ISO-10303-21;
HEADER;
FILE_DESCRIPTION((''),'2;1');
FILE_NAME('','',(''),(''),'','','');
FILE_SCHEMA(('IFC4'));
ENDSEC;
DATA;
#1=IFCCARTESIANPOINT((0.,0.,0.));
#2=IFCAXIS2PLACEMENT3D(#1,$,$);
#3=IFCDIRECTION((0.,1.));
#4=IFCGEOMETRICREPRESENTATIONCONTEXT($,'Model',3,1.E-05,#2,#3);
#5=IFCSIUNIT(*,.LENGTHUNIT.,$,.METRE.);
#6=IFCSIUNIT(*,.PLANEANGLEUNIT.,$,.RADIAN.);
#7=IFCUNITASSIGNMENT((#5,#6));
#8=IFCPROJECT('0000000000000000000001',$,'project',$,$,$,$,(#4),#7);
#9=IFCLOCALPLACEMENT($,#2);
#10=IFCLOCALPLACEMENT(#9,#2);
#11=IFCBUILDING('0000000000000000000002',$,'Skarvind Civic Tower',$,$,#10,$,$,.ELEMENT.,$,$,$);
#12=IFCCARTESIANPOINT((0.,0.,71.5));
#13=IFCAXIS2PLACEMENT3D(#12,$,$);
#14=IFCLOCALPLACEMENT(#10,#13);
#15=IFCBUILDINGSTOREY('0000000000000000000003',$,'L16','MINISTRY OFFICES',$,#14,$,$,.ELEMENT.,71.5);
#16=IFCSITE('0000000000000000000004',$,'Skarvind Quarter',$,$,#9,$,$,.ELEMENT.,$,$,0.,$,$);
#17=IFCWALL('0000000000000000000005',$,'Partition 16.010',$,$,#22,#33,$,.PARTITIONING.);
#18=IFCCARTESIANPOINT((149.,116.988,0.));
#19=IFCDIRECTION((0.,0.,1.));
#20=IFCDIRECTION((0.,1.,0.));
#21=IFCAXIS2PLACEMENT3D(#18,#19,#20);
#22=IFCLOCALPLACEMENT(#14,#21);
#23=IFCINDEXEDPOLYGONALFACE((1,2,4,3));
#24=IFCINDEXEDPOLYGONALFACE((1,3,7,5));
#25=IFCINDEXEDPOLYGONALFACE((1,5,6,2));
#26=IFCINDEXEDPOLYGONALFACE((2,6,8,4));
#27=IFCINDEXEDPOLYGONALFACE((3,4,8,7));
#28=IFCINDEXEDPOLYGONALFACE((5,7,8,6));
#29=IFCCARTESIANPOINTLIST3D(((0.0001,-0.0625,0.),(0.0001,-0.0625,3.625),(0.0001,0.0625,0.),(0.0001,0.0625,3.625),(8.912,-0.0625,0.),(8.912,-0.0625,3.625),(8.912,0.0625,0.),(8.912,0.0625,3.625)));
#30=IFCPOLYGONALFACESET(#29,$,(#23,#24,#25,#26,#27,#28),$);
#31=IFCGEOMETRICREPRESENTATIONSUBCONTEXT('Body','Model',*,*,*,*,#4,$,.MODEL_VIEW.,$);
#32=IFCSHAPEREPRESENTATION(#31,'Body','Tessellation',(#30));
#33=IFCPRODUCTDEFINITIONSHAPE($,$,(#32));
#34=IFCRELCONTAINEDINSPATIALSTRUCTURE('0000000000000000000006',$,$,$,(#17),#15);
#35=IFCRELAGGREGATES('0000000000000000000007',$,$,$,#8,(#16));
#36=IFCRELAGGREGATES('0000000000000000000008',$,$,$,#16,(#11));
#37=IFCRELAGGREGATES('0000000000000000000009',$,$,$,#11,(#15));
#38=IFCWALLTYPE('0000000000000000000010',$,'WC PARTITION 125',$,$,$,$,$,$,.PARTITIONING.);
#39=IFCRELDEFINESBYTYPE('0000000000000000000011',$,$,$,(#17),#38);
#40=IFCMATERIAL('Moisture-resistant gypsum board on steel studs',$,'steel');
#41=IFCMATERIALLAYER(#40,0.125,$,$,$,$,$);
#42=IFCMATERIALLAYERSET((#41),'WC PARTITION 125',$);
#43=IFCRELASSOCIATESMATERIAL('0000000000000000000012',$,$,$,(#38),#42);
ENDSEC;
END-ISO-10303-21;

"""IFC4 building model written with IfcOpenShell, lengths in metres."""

from ifc_helpers import new_model, si_unit, direction, frame, frame_2d, origin, place, context, subcontext, project, spatial, rectangle, extrude, material, layer, layer_set, type_object, element, save


model = new_model("IFC4")

# Units and contexts
model_context = context("Model", 3, precision=1e-05, world=origin(), true_north=direction((0.0, 1.0)))
body_context = subcontext(model_context, "Body", "Model", "MODEL_VIEW")
ifc_project = project(units=[si_unit("LENGTHUNIT", "METRE"), si_unit("PLANEANGLEUNIT", "RADIAN")], contexts=[model_context])

# Site, building, storey
site_placement = place(None, origin())
site = spatial("IfcSite", under=ifc_project, at=site_placement, Name="Skarvind Quarter", CompositionType="ELEMENT", RefElevation=0.0)
building_placement = place(site_placement, origin())
building = spatial("IfcBuilding", under=site, at=building_placement, Name="Skarvind Civic Tower", CompositionType="ELEMENT")
storey_placement = place(building_placement, frame((0.0, 0.0, 71.5)))
storey = spatial("IfcBuildingStorey", under=building, at=storey_placement, Name="L16", Description="MINISTRY OFFICES", CompositionType="ELEMENT", Elevation=71.5)

# Shared definitions
ifc_material_1 = material(Name="Moisture-resistant gypsum board on steel studs", Category="steel")
ifc_layer_1 = layer(ifc_material_1, 0.125)
ifc_layer_set_1 = layer_set([ifc_layer_1], Name="WC PARTITION 125")
wall_type_1 = type_object("IfcWallType", Name="WC PARTITION 125", PredefinedType="PARTITIONING", material=ifc_layer_set_1)

# Wall
wall_1_placement = place(storey_placement, frame((149.0, 116.988, 0.0), z_axis=(0.0, 0.0, 1.0), x_axis=(0.0, 1.0, 0.0)))
element("IfcWall", 1, at=wall_1_placement, inside=storey, type_object=wall_type_1, Name="Partition 16.010", PredefinedType="PARTITIONING", context=body_context, shape_type="SweptSolid", body=[
    extrude(rectangle(XDim=8.9119, YDim=0.125, at=frame_2d((4.4561, 0.0))), origin(), (0.0, 0.0, 1.0), 3.625),
])

save(model, "model.ifc")
